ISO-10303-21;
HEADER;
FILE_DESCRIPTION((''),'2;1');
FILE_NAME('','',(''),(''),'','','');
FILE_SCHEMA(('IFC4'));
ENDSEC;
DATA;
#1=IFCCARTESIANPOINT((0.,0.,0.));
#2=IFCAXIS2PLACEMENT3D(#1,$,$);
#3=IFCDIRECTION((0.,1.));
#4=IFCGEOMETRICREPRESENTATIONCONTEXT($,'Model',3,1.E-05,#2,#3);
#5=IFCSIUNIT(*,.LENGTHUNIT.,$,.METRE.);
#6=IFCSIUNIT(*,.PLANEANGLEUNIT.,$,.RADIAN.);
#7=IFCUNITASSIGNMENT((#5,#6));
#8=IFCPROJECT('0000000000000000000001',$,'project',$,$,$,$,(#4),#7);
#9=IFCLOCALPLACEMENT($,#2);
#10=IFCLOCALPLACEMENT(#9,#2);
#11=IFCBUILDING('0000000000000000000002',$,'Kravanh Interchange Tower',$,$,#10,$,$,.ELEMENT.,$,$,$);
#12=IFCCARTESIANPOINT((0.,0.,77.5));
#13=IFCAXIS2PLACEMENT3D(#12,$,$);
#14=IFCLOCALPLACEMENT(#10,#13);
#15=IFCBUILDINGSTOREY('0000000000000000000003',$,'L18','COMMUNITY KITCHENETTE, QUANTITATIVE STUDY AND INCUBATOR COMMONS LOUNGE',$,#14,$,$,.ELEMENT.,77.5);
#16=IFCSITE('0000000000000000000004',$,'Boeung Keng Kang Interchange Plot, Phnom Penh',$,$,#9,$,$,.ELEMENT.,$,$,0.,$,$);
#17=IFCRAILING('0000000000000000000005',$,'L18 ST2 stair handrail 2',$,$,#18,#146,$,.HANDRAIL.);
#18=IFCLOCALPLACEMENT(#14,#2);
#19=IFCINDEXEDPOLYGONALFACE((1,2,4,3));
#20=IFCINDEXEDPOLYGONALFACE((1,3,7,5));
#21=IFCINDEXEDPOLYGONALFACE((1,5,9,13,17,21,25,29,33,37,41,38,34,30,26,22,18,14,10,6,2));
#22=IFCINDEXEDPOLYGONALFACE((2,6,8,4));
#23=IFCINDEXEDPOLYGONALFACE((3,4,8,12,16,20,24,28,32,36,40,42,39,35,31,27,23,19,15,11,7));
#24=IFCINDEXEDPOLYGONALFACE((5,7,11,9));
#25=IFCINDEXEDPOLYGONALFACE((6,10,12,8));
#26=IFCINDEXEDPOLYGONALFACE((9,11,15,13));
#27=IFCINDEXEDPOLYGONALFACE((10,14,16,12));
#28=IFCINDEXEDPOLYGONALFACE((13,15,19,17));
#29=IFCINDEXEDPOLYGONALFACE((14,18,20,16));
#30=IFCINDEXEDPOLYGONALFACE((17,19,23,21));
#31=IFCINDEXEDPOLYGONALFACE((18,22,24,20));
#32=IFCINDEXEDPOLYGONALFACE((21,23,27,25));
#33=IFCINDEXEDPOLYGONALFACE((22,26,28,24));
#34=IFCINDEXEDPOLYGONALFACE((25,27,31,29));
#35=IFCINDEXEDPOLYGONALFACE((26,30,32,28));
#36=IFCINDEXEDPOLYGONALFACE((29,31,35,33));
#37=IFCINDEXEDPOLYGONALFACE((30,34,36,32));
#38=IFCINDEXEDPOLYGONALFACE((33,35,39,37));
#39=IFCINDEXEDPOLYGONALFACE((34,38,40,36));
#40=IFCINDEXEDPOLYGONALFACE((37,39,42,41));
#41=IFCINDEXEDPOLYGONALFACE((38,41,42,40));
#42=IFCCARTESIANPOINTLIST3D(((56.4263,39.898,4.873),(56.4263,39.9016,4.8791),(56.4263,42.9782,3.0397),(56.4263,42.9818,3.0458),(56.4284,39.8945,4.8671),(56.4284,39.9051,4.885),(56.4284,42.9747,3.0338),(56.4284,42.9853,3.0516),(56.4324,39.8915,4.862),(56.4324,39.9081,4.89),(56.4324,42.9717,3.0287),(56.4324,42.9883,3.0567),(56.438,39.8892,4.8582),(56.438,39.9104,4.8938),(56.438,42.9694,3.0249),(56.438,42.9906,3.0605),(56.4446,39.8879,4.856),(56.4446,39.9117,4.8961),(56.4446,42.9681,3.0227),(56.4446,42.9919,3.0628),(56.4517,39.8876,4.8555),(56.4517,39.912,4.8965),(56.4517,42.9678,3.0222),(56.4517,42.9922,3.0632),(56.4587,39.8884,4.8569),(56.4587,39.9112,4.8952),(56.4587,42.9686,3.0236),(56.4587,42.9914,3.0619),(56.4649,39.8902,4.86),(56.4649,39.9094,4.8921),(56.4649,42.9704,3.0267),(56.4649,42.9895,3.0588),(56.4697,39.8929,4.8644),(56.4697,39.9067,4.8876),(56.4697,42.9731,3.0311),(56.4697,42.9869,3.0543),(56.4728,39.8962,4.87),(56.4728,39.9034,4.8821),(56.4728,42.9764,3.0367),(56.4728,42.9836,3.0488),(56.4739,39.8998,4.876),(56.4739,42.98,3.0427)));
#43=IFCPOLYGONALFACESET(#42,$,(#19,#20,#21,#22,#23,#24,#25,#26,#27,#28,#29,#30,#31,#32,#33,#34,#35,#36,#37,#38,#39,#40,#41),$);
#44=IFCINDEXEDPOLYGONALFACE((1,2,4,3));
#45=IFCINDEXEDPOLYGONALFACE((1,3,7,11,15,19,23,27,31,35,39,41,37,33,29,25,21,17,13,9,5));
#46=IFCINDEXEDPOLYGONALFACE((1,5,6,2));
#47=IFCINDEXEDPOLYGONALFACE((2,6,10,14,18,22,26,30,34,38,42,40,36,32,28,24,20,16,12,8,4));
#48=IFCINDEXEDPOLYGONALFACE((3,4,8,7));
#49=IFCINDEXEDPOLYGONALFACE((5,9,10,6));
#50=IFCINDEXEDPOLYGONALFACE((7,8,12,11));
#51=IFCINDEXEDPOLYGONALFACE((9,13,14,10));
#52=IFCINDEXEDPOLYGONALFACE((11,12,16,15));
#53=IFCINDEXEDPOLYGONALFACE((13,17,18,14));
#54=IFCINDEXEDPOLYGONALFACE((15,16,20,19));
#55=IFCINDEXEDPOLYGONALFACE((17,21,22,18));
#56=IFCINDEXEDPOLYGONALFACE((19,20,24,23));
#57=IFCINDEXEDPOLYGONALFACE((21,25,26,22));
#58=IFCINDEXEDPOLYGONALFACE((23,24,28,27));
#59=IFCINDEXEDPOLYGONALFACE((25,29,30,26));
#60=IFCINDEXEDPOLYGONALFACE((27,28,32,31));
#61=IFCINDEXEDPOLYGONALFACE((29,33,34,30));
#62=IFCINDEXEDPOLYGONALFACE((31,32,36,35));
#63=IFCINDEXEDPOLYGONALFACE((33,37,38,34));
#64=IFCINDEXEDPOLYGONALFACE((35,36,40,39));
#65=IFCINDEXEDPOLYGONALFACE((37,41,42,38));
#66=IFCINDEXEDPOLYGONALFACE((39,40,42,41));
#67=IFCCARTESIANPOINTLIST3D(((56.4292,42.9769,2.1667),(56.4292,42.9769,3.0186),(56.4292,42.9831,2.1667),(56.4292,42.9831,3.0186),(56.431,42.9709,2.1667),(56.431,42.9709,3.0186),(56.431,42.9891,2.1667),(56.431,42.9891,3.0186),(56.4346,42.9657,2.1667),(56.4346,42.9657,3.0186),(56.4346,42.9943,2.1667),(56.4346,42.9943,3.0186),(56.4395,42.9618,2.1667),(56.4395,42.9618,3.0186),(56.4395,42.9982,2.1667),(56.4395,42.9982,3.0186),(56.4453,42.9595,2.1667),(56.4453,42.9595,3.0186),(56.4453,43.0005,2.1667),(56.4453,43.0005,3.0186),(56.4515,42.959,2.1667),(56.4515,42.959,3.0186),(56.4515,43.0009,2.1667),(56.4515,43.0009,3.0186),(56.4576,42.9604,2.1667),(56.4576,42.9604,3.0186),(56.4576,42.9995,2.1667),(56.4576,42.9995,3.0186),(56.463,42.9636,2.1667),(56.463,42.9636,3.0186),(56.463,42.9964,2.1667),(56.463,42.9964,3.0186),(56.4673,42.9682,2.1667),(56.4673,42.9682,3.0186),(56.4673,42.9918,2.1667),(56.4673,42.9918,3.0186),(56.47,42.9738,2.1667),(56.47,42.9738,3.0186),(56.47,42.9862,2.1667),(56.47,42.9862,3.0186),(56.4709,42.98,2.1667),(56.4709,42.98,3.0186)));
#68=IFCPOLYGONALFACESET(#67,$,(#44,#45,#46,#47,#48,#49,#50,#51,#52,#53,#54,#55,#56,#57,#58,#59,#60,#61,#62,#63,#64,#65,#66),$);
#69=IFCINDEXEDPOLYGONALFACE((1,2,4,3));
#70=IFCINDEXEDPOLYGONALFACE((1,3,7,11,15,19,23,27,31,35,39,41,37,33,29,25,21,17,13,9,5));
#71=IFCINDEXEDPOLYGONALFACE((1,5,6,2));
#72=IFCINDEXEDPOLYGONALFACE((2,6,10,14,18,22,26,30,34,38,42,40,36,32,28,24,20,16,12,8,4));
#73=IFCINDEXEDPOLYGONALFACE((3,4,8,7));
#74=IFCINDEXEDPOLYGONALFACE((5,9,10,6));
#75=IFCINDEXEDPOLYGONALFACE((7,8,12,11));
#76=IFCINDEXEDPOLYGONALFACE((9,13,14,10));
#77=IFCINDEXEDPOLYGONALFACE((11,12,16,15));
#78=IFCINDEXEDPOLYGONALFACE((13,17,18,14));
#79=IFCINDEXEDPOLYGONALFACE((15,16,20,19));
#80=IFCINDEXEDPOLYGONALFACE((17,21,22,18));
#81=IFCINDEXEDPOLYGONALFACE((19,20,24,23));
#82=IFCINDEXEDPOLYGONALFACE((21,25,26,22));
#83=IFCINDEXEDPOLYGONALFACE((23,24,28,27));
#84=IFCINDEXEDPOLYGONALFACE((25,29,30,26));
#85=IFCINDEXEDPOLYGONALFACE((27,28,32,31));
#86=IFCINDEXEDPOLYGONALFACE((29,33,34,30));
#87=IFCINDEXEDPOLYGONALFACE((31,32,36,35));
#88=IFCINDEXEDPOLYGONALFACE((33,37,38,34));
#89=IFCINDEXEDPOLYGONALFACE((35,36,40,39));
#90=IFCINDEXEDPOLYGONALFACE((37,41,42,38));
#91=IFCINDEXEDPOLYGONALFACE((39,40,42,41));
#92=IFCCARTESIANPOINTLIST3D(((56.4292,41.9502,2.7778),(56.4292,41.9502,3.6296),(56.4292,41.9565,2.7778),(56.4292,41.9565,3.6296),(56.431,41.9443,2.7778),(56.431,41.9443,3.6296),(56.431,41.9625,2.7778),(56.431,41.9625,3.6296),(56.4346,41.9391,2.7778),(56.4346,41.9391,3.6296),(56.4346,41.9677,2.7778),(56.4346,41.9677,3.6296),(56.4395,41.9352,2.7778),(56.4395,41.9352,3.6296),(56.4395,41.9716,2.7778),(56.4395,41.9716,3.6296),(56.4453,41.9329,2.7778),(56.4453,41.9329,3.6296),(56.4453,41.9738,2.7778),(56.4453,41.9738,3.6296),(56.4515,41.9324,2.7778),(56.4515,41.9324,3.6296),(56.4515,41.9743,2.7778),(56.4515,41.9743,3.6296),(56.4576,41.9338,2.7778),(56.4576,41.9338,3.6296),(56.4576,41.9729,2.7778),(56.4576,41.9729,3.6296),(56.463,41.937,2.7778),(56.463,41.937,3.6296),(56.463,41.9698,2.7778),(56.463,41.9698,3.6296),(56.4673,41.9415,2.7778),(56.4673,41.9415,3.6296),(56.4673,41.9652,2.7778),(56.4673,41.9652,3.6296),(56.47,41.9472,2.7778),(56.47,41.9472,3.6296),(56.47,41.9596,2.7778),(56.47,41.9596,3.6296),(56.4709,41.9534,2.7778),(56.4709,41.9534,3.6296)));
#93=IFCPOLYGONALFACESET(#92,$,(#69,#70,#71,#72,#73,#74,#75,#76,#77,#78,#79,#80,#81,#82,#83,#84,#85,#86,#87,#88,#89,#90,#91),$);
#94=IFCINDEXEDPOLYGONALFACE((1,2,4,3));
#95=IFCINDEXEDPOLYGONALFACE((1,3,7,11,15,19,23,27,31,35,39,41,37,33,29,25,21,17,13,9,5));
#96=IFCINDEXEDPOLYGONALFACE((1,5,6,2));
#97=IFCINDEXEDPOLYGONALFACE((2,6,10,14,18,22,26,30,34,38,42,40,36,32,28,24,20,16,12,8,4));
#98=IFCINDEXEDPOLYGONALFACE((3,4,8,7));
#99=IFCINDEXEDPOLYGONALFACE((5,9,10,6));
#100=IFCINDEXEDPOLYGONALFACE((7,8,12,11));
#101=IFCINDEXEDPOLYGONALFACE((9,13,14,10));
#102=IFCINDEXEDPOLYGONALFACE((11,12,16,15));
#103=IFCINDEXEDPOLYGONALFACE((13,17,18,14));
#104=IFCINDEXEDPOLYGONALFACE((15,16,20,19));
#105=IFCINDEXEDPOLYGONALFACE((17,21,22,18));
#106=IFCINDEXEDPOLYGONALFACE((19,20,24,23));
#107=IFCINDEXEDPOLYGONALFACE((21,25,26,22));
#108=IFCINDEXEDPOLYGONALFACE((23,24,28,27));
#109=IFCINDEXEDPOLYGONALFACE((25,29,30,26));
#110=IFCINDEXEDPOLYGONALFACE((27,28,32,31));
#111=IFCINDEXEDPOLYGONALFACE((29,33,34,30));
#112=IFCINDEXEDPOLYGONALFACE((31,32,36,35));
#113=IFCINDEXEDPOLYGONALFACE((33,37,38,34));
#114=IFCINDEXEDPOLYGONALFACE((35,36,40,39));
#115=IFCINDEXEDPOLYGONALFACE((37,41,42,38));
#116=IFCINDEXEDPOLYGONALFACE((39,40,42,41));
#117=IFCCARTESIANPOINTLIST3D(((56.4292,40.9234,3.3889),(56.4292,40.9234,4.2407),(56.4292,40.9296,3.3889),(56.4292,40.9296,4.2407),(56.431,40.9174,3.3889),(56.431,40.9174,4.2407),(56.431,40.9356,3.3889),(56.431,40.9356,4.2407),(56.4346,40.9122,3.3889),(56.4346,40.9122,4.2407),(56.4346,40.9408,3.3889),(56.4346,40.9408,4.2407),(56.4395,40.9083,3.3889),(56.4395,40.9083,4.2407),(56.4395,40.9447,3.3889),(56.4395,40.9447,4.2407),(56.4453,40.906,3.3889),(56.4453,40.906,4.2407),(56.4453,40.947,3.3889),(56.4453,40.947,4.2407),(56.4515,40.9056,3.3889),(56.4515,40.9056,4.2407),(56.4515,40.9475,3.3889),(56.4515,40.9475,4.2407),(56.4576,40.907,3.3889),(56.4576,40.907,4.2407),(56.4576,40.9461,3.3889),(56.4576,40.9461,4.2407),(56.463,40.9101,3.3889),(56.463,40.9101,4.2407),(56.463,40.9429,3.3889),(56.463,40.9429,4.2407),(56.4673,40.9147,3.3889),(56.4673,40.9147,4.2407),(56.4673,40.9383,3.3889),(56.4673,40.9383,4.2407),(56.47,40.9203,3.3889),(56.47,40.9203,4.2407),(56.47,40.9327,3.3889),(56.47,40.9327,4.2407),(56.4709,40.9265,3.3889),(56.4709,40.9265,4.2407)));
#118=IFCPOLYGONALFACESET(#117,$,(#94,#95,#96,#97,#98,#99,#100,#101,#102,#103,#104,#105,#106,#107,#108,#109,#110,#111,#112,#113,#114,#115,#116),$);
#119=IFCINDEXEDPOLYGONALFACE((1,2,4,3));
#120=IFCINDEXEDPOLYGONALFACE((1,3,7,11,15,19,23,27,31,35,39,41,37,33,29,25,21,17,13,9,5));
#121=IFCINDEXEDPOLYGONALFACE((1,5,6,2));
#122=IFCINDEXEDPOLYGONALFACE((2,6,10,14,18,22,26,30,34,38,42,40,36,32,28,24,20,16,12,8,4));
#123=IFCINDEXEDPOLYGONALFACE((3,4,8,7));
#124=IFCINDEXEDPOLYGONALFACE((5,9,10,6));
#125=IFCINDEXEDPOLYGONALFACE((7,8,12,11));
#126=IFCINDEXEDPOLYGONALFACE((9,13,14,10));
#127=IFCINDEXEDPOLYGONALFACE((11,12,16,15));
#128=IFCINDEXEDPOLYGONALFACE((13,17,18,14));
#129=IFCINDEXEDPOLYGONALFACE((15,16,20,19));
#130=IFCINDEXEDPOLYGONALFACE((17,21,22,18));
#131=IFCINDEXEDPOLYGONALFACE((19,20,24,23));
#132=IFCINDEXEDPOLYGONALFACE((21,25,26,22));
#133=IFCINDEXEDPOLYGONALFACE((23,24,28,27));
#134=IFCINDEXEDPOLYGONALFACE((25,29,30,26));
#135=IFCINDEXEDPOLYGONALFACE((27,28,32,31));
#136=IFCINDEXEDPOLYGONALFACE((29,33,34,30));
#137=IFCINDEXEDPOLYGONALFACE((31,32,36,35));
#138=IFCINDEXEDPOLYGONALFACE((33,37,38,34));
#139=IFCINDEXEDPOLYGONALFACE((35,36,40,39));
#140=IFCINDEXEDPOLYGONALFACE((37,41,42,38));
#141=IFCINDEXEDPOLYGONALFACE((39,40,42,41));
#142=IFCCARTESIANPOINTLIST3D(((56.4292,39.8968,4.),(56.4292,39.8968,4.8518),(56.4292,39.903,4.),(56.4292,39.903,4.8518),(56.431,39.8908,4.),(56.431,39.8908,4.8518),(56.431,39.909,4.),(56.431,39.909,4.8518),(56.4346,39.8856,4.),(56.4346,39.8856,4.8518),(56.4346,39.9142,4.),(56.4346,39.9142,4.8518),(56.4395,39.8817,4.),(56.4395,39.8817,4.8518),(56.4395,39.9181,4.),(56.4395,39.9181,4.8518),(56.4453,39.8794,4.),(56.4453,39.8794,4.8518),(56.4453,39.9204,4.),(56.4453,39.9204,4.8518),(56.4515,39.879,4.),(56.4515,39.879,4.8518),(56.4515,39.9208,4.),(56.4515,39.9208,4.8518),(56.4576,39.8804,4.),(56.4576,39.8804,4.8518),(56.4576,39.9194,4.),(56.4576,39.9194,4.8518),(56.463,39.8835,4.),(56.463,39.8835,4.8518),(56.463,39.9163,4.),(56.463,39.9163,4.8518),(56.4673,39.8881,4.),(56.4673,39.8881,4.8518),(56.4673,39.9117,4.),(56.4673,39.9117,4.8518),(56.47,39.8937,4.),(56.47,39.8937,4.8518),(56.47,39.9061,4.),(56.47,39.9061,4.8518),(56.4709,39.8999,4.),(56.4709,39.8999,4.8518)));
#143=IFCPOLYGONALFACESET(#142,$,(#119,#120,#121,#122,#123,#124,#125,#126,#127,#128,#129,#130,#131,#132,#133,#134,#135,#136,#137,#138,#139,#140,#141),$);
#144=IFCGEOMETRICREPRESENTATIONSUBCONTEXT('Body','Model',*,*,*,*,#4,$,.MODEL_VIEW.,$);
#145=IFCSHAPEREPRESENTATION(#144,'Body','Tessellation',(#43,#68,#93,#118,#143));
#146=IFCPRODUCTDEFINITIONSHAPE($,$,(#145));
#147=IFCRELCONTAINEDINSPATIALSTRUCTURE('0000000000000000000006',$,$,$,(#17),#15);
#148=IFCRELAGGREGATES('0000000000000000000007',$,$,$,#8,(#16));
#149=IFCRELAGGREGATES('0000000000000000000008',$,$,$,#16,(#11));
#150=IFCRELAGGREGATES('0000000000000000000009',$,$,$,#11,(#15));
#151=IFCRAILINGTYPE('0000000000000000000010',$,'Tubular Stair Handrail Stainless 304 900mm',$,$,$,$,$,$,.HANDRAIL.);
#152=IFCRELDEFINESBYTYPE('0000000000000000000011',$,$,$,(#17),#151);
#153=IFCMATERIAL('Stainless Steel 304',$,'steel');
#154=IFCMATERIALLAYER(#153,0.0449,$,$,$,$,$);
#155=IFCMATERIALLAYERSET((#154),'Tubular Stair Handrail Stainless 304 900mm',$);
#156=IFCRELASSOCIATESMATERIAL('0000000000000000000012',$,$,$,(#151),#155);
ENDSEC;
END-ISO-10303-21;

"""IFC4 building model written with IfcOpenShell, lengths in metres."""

from ifc_helpers import new_model, si_unit, direction, frame, origin, origin_2d, place, context, subcontext, project, spatial, circle, extrude, material, layer, layer_set, type_object, element, save


model = new_model("IFC4")

# Units and contexts
model_context = context("Model", 3, precision=1e-05, world=origin(), true_north=direction((0.0, 1.0)))
body_context = subcontext(model_context, "Body", "Model", "MODEL_VIEW")
ifc_project = project(units=[si_unit("LENGTHUNIT", "METRE"), si_unit("PLANEANGLEUNIT", "RADIAN")], contexts=[model_context])

# Site, building, storey
site_placement = place(None, origin())
site = spatial("IfcSite", under=ifc_project, at=site_placement, Name="Boeung Keng Kang Interchange Plot, Phnom Penh", CompositionType="ELEMENT", RefElevation=0.0)
building_placement = place(site_placement, origin())
building = spatial("IfcBuilding", under=site, at=building_placement, Name="Kravanh Interchange Tower", CompositionType="ELEMENT")
storey_placement = place(building_placement, frame((0.0, 0.0, 77.5)))
storey = spatial("IfcBuildingStorey", under=building, at=storey_placement, Name="L18", Description="COMMUNITY KITCHENETTE, QUANTITATIVE STUDY AND INCUBATOR COMMONS LOUNGE", CompositionType="ELEMENT", Elevation=77.5)

# Railing
ifc_material_1 = material(Name="Stainless Steel 304", Category="steel")
ifc_layer_1 = layer(ifc_material_1, 0.0449)
ifc_layer_set_1 = layer_set([ifc_layer_1], Name="Tubular Stair Handrail Stainless 304 900mm")
railing_type_1 = type_object("IfcRailingType", Name="Tubular Stair Handrail Stainless 304 900mm", PredefinedType="HANDRAIL", material=ifc_layer_set_1)
railing_1_placement = place(storey_placement, frame((56.45, 42.98, 2.1667)))
element("IfcRailing", 1, at=railing_1_placement, inside=storey, type_object=railing_type_1, Name="L18 ST2 stair handrail 2", PredefinedType="HANDRAIL", context=body_context, shape_type="SweptSolid", body=[
    extrude(circle(Radius=0.0239, at=origin_2d()), frame((0.0, 0.0, 0.876), z_axis=(0.0, -0.859309, 0.511458), x_axis=(1.0, 0.0, 0.0)), (0.0, 0.0, 1.0), 3.5845),
    extrude(circle(Radius=0.021, at=origin_2d()), origin(), (0.0, 0.0, 1.0), 0.8518),
    extrude(circle(Radius=0.021, at=origin_2d()), frame((0.0, -1.0266, 0.6111)), (0.0, 0.0, 1.0), 0.8518),
    extrude(circle(Radius=0.021, at=origin_2d()), frame((0.0, -2.0535, 1.2222)), (0.0, 0.0, 1.0), 0.8518),
    extrude(circle(Radius=0.021, at=origin_2d()), frame((0.0, -3.0801, 1.8333)), (0.0, 0.0, 1.0), 0.8518),
])

save(model, "model.ifc")
